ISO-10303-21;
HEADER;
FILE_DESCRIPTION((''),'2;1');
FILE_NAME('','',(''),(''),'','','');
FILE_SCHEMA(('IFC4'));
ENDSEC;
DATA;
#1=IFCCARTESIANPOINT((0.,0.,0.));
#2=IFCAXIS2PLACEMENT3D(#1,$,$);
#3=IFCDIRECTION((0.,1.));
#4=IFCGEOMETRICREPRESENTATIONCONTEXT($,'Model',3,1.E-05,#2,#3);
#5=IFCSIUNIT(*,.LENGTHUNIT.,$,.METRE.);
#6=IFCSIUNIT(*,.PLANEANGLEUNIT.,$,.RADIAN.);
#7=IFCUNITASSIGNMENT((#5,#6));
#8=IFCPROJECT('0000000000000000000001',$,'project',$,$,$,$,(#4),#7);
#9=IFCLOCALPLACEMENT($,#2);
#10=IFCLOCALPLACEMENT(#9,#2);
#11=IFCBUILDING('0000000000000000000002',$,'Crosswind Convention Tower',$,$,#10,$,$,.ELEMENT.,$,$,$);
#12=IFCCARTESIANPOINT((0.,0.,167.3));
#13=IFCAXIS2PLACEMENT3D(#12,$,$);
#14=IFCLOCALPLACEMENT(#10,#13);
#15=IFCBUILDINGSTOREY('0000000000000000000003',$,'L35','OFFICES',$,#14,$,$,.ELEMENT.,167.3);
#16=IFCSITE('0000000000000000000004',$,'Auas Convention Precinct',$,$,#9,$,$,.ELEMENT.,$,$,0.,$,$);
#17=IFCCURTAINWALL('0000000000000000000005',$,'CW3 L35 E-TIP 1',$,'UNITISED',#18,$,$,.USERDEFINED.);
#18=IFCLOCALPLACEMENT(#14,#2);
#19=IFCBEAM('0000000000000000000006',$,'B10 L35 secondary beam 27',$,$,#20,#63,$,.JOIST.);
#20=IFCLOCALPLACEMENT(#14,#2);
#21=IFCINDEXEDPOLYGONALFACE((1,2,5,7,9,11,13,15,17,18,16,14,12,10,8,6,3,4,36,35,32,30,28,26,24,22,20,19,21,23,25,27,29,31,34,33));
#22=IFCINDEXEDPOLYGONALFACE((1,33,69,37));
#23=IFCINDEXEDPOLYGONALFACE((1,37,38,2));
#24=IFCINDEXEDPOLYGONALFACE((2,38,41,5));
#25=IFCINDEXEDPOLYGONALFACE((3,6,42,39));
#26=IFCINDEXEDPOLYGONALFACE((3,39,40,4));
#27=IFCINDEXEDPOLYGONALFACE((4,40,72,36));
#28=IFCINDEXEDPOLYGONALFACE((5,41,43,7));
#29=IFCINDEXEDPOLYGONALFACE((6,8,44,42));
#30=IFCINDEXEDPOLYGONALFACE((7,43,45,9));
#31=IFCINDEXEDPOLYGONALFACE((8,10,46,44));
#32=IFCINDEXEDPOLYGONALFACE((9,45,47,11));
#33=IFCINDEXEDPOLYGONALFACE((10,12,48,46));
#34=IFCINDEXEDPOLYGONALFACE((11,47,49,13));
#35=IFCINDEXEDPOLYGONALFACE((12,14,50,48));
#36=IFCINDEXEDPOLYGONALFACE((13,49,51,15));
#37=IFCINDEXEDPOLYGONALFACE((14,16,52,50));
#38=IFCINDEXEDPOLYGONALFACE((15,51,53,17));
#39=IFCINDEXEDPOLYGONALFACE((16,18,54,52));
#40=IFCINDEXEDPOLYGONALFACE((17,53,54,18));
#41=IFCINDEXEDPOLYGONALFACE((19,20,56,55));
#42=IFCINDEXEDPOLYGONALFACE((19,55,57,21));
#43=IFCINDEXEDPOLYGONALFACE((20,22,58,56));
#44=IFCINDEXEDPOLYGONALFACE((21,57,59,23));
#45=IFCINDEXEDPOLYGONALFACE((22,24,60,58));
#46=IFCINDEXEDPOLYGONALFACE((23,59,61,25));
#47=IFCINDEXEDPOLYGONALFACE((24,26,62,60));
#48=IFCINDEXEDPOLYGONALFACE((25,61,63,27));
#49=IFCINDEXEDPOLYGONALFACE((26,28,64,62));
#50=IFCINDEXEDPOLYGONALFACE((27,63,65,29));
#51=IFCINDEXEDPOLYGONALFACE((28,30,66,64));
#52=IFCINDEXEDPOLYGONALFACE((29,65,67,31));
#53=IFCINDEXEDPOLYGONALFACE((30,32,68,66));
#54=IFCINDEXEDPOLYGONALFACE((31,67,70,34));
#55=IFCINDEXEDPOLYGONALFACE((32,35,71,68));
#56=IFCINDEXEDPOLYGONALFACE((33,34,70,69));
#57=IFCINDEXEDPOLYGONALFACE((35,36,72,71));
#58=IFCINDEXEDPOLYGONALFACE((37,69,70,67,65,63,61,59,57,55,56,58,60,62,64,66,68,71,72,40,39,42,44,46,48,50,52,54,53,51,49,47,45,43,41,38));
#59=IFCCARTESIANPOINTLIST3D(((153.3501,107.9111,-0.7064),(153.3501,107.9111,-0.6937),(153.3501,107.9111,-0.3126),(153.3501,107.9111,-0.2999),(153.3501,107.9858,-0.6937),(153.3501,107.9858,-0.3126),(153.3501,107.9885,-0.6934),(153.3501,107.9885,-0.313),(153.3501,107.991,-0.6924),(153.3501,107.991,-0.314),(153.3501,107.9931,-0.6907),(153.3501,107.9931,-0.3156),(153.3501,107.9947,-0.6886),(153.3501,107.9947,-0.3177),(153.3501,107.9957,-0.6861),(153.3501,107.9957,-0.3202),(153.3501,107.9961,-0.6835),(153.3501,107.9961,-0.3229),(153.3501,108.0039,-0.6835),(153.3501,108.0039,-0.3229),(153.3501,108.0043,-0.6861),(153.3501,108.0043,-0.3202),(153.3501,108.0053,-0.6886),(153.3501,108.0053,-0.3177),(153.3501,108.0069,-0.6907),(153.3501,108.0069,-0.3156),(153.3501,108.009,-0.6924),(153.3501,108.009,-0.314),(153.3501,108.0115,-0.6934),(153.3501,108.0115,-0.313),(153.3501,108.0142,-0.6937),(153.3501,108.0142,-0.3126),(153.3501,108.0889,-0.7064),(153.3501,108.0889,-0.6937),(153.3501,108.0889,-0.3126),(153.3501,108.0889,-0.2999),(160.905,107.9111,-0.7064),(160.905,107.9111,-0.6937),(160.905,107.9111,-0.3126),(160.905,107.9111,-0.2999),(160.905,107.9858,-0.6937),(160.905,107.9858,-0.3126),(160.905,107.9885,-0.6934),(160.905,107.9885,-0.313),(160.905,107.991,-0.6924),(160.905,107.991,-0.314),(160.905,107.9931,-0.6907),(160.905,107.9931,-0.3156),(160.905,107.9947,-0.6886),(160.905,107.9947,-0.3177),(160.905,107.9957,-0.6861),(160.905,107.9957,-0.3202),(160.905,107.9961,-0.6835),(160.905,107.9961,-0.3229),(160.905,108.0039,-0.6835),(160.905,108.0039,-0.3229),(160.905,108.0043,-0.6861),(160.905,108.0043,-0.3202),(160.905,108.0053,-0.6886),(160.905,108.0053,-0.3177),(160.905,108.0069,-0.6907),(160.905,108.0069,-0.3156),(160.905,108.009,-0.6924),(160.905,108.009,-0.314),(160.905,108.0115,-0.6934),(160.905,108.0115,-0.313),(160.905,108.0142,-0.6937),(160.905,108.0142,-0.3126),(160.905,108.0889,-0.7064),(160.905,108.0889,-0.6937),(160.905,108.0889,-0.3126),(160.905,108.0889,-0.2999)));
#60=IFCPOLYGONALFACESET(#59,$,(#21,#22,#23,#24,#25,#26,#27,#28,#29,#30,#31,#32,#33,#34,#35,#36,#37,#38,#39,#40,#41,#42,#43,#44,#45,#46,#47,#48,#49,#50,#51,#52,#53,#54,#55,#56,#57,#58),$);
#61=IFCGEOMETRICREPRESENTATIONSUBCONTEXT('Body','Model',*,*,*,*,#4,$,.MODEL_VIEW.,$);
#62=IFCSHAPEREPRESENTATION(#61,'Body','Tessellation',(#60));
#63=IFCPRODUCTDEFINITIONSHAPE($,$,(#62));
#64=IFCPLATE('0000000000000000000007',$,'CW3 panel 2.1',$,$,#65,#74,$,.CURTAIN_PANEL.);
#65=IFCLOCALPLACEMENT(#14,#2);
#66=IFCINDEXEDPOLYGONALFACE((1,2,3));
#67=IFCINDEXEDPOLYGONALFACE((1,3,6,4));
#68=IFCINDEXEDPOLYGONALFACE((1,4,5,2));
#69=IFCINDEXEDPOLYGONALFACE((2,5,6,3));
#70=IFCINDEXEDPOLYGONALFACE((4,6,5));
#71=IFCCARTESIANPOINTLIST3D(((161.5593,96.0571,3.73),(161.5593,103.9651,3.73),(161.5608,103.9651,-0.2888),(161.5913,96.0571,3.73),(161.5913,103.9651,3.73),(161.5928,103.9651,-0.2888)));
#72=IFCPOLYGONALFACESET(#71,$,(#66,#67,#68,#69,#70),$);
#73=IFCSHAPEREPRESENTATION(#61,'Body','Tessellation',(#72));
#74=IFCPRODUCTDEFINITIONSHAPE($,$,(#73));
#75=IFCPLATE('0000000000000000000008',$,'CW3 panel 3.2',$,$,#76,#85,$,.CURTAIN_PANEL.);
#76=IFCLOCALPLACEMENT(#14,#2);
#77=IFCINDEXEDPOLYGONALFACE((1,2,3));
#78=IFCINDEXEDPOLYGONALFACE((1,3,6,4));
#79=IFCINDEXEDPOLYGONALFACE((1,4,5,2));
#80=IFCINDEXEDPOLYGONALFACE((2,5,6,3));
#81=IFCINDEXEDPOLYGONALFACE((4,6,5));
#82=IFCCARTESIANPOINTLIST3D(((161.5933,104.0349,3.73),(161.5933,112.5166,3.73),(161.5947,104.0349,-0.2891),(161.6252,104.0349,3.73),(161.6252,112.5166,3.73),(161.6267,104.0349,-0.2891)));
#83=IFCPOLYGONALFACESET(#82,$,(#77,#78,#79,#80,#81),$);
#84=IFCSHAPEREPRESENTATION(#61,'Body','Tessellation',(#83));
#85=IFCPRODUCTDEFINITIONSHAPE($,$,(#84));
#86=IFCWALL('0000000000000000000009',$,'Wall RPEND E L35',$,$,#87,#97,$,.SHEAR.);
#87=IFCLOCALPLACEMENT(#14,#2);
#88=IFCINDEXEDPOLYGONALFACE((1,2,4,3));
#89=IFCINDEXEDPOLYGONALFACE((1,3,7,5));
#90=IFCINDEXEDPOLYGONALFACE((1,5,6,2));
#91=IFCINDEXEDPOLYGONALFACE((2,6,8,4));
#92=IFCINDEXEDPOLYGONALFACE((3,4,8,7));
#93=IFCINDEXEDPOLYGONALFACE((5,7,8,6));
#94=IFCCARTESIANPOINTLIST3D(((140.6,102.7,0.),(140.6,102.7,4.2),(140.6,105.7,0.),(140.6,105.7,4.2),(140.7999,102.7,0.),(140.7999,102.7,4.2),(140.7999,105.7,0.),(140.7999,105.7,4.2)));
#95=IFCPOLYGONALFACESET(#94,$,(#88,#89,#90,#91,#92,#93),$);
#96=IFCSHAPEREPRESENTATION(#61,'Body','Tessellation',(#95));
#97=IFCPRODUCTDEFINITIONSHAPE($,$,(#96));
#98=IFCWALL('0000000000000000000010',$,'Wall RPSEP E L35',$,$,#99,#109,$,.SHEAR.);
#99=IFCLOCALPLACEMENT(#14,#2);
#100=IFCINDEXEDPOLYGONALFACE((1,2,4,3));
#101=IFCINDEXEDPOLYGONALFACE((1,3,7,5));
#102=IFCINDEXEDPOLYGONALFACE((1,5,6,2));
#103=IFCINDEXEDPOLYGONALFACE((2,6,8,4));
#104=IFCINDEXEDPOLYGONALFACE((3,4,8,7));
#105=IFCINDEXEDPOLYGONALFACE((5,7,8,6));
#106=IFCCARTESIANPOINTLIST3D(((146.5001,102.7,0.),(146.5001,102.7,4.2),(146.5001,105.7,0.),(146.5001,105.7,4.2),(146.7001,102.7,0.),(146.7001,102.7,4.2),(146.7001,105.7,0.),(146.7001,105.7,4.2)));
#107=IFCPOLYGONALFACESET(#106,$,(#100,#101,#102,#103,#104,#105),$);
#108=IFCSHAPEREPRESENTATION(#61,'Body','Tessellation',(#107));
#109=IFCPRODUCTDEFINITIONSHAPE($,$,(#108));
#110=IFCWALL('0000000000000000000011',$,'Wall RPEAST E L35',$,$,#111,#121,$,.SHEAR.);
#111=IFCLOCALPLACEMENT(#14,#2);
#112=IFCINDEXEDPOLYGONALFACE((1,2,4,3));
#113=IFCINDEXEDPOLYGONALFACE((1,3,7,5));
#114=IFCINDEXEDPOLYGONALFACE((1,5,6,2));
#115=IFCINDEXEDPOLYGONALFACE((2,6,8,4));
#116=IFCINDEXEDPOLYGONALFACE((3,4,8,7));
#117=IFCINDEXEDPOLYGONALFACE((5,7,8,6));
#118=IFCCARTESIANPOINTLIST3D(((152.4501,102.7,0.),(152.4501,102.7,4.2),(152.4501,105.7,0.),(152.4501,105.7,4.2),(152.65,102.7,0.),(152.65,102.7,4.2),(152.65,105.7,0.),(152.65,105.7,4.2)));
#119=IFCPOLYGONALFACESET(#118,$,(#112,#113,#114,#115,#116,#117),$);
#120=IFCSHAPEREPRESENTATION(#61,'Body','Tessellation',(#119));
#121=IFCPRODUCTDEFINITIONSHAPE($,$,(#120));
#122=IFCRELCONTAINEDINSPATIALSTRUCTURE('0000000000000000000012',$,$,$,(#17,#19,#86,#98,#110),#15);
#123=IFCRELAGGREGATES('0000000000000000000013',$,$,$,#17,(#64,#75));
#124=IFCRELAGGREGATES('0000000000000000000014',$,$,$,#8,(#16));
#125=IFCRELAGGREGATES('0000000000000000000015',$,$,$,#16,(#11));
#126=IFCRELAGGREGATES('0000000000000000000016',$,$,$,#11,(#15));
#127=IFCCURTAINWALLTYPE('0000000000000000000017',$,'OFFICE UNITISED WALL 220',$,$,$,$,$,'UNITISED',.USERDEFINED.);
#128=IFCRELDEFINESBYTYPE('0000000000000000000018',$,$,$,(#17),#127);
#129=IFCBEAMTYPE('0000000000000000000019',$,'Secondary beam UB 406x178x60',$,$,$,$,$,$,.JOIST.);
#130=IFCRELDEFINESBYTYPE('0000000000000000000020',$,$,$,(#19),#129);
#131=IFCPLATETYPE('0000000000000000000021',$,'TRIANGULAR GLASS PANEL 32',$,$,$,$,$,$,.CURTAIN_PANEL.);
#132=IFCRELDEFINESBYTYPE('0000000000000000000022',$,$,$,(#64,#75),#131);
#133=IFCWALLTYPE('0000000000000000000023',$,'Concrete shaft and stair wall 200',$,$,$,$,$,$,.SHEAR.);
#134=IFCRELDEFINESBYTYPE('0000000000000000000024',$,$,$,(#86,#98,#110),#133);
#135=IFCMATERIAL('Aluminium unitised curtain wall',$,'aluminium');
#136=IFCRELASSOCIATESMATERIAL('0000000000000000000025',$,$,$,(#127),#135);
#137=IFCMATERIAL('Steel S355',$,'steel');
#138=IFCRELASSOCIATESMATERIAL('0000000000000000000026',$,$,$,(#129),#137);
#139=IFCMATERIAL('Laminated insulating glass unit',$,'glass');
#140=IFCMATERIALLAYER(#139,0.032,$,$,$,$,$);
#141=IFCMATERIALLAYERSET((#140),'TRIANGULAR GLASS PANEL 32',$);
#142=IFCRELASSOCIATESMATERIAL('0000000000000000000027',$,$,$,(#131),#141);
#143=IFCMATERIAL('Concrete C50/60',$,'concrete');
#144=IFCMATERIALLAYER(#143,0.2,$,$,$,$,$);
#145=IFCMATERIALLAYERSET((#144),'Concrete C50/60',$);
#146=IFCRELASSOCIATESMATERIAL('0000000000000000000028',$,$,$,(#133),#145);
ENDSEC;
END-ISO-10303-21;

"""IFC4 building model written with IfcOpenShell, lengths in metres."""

from ifc_helpers import new_model, si_unit, direction, frame, frame_2d, origin, origin_2d, place, context, subcontext, project, spatial, polyline, rectangle, i_section, outline, extrude, material, layer, layer_set, material_profile, profile_set, type_object, element, aggregate, save


model = new_model("IFC4")

# Units and contexts
model_context = context("Model", 3, precision=1e-05, world=origin(), true_north=direction((0.0, 1.0)))
body_context = subcontext(model_context, "Body", "Model", "MODEL_VIEW")
ifc_project = project(units=[si_unit("LENGTHUNIT", "METRE"), si_unit("PLANEANGLEUNIT", "RADIAN")], contexts=[model_context])

# Site, building, storey
site_placement = place(None, origin())
site = spatial("IfcSite", under=ifc_project, at=site_placement, Name="Auas Convention Precinct", CompositionType="ELEMENT", RefElevation=0.0)
building_placement = place(site_placement, origin())
building = spatial("IfcBuilding", under=site, at=building_placement, Name="Crosswind Convention Tower", CompositionType="ELEMENT")
storey_placement = place(building_placement, frame((0.0, 0.0, 167.3)))
storey = spatial("IfcBuildingStorey", under=building, at=storey_placement, Name="L35", Description="OFFICES", CompositionType="ELEMENT", Elevation=167.3)

# Shared definitions
ifc_material_1 = material(Name="Steel S355", Category="steel")

# Curtain wall
ifc_material_2 = material(Name="Aluminium unitised curtain wall", Category="aluminium")
curtain_wall_type = type_object("IfcCurtainWallType", Name="OFFICE UNITISED WALL 220", ElementType="UNITISED", PredefinedType="USERDEFINED", material=ifc_material_2)
curtain_wall_placement = place(storey_placement, origin())
curtain_wall = element("IfcCurtainWall", 1, at=curtain_wall_placement, inside=storey, type_object=curtain_wall_type, Name="CW3 L35 E-TIP 1", ObjectType="UNITISED", PredefinedType="USERDEFINED")

# Beam
ifc_material_profile_1 = material_profile(ifc_material_1, i_section(OverallWidth=0.1777, OverallDepth=0.4065, WebThickness=0.0078, FlangeThickness=0.0127, FilletRadius=0.0103, at=origin_2d()), Name="UB 406x178x60")
ifc_profile_set_1 = profile_set([ifc_material_profile_1], Name="Steel S355")
beam_type_1 = type_object("IfcBeamType", Name="Secondary beam UB 406x178x60", PredefinedType="JOIST", material=ifc_profile_set_1)
for number, where, z_axis, x_axis, name in (
    (2, (153.3501, 108.0, -0.5032), (1.0, 0.0, 0.0), (0.0, 1.0, 0.0), "B10 L35 secondary beam 27"),
):
    element("IfcBeam", number, at=place(storey_placement, frame(where, z_axis=z_axis, x_axis=x_axis)), inside=storey, type_object=beam_type_1, Name=name, PredefinedType="JOIST", context=body_context, shape_type="SweptSolid", body=[
        extrude(i_section(OverallWidth=0.1777, OverallDepth=0.4065, WebThickness=0.0078, FlangeThickness=0.0127, FilletRadius=0.0103, at=origin_2d()), origin(), (0.0, 0.0, 1.0), 7.5549),
    ])

# Plates
ifc_material_3 = material(Name="Laminated insulating glass unit", Category="glass")
ifc_layer_1 = layer(ifc_material_3, 0.032)
ifc_layer_set_1 = layer_set([ifc_layer_1], Name="TRIANGULAR GLASS PANEL 32")
plate_type = type_object("IfcPlateType", Name="TRIANGULAR GLASS PANEL 32", PredefinedType="CURTAIN_PANEL", material=ifc_layer_set_1)
plate_1_placement = place(storey_placement, frame((161.5913, 103.9651, 3.73), z_axis=(1.0, 0.0, 0.000364), x_axis=(0.0, -1.0, 0.0)))
plate_1 = element("IfcPlate", 3, at=plate_1_placement, type_object=plate_type, Name="CW3 panel 2.1", PredefinedType="CURTAIN_PANEL", context=body_context, shape_type="SweptSolid", body=[
    extrude(outline(polyline([(0.0, 0.0), (7.908, 0.0), (0.0, 4.0188), (0.0, 0.0)])), origin(), (0.0, 0.0, -1.0), 0.032),
])
plate_2_placement = place(storey_placement, frame((161.6252, 104.0349, 3.73), z_axis=(1.0, 0.0, 0.000364), x_axis=(0.000364, 0.0, -1.0)))
plate_2 = element("IfcPlate", 4, at=plate_2_placement, type_object=plate_type, Name="CW3 panel 3.2", PredefinedType="CURTAIN_PANEL", context=body_context, shape_type="SweptSolid", body=[
    extrude(outline(polyline([(0.0, 0.0), (4.019, 0.0), (0.0, 8.4817), (0.0, 0.0)])), origin(), (0.0, 0.0, -1.0), 0.032),
])
aggregate(curtain_wall, [plate_1, plate_2])

# Walls
ifc_material_4 = material(Name="Concrete C50/60", Category="concrete")
ifc_layer_2 = layer(ifc_material_4, 0.2)
ifc_layer_set_2 = layer_set([ifc_layer_2], Name="Concrete C50/60")
wall_type_1 = type_object("IfcWallType", Name="Concrete shaft and stair wall 200", PredefinedType="SHEAR", material=ifc_layer_set_2)
for number, where, z_axis, x_axis, name in (
    (5, (140.7, 102.7, 0.0), (0.0, 0.0, 1.0), (0.0, 1.0, 0.0), "Wall RPEND E L35"),
    (6, (146.6001, 102.7, 0.0), (0.0, 0.0, 1.0), (0.0, 1.0, 0.0), "Wall RPSEP E L35"),
    (7, (152.55, 102.7, 0.0), (0.0, 0.0, 1.0), (0.0, 1.0, 0.0), "Wall RPEAST E L35"),
):
    element("IfcWall", number, at=place(storey_placement, frame(where, z_axis=z_axis, x_axis=x_axis)), inside=storey, type_object=wall_type_1, Name=name, PredefinedType="SHEAR", context=body_context, shape_type="SweptSolid", body=[
        extrude(rectangle(XDim=3.0, YDim=0.2, at=frame_2d((1.5, 0.0))), origin(), (0.0, 0.0, 1.0), 4.2),
    ])

save(model, "model.ifc")
